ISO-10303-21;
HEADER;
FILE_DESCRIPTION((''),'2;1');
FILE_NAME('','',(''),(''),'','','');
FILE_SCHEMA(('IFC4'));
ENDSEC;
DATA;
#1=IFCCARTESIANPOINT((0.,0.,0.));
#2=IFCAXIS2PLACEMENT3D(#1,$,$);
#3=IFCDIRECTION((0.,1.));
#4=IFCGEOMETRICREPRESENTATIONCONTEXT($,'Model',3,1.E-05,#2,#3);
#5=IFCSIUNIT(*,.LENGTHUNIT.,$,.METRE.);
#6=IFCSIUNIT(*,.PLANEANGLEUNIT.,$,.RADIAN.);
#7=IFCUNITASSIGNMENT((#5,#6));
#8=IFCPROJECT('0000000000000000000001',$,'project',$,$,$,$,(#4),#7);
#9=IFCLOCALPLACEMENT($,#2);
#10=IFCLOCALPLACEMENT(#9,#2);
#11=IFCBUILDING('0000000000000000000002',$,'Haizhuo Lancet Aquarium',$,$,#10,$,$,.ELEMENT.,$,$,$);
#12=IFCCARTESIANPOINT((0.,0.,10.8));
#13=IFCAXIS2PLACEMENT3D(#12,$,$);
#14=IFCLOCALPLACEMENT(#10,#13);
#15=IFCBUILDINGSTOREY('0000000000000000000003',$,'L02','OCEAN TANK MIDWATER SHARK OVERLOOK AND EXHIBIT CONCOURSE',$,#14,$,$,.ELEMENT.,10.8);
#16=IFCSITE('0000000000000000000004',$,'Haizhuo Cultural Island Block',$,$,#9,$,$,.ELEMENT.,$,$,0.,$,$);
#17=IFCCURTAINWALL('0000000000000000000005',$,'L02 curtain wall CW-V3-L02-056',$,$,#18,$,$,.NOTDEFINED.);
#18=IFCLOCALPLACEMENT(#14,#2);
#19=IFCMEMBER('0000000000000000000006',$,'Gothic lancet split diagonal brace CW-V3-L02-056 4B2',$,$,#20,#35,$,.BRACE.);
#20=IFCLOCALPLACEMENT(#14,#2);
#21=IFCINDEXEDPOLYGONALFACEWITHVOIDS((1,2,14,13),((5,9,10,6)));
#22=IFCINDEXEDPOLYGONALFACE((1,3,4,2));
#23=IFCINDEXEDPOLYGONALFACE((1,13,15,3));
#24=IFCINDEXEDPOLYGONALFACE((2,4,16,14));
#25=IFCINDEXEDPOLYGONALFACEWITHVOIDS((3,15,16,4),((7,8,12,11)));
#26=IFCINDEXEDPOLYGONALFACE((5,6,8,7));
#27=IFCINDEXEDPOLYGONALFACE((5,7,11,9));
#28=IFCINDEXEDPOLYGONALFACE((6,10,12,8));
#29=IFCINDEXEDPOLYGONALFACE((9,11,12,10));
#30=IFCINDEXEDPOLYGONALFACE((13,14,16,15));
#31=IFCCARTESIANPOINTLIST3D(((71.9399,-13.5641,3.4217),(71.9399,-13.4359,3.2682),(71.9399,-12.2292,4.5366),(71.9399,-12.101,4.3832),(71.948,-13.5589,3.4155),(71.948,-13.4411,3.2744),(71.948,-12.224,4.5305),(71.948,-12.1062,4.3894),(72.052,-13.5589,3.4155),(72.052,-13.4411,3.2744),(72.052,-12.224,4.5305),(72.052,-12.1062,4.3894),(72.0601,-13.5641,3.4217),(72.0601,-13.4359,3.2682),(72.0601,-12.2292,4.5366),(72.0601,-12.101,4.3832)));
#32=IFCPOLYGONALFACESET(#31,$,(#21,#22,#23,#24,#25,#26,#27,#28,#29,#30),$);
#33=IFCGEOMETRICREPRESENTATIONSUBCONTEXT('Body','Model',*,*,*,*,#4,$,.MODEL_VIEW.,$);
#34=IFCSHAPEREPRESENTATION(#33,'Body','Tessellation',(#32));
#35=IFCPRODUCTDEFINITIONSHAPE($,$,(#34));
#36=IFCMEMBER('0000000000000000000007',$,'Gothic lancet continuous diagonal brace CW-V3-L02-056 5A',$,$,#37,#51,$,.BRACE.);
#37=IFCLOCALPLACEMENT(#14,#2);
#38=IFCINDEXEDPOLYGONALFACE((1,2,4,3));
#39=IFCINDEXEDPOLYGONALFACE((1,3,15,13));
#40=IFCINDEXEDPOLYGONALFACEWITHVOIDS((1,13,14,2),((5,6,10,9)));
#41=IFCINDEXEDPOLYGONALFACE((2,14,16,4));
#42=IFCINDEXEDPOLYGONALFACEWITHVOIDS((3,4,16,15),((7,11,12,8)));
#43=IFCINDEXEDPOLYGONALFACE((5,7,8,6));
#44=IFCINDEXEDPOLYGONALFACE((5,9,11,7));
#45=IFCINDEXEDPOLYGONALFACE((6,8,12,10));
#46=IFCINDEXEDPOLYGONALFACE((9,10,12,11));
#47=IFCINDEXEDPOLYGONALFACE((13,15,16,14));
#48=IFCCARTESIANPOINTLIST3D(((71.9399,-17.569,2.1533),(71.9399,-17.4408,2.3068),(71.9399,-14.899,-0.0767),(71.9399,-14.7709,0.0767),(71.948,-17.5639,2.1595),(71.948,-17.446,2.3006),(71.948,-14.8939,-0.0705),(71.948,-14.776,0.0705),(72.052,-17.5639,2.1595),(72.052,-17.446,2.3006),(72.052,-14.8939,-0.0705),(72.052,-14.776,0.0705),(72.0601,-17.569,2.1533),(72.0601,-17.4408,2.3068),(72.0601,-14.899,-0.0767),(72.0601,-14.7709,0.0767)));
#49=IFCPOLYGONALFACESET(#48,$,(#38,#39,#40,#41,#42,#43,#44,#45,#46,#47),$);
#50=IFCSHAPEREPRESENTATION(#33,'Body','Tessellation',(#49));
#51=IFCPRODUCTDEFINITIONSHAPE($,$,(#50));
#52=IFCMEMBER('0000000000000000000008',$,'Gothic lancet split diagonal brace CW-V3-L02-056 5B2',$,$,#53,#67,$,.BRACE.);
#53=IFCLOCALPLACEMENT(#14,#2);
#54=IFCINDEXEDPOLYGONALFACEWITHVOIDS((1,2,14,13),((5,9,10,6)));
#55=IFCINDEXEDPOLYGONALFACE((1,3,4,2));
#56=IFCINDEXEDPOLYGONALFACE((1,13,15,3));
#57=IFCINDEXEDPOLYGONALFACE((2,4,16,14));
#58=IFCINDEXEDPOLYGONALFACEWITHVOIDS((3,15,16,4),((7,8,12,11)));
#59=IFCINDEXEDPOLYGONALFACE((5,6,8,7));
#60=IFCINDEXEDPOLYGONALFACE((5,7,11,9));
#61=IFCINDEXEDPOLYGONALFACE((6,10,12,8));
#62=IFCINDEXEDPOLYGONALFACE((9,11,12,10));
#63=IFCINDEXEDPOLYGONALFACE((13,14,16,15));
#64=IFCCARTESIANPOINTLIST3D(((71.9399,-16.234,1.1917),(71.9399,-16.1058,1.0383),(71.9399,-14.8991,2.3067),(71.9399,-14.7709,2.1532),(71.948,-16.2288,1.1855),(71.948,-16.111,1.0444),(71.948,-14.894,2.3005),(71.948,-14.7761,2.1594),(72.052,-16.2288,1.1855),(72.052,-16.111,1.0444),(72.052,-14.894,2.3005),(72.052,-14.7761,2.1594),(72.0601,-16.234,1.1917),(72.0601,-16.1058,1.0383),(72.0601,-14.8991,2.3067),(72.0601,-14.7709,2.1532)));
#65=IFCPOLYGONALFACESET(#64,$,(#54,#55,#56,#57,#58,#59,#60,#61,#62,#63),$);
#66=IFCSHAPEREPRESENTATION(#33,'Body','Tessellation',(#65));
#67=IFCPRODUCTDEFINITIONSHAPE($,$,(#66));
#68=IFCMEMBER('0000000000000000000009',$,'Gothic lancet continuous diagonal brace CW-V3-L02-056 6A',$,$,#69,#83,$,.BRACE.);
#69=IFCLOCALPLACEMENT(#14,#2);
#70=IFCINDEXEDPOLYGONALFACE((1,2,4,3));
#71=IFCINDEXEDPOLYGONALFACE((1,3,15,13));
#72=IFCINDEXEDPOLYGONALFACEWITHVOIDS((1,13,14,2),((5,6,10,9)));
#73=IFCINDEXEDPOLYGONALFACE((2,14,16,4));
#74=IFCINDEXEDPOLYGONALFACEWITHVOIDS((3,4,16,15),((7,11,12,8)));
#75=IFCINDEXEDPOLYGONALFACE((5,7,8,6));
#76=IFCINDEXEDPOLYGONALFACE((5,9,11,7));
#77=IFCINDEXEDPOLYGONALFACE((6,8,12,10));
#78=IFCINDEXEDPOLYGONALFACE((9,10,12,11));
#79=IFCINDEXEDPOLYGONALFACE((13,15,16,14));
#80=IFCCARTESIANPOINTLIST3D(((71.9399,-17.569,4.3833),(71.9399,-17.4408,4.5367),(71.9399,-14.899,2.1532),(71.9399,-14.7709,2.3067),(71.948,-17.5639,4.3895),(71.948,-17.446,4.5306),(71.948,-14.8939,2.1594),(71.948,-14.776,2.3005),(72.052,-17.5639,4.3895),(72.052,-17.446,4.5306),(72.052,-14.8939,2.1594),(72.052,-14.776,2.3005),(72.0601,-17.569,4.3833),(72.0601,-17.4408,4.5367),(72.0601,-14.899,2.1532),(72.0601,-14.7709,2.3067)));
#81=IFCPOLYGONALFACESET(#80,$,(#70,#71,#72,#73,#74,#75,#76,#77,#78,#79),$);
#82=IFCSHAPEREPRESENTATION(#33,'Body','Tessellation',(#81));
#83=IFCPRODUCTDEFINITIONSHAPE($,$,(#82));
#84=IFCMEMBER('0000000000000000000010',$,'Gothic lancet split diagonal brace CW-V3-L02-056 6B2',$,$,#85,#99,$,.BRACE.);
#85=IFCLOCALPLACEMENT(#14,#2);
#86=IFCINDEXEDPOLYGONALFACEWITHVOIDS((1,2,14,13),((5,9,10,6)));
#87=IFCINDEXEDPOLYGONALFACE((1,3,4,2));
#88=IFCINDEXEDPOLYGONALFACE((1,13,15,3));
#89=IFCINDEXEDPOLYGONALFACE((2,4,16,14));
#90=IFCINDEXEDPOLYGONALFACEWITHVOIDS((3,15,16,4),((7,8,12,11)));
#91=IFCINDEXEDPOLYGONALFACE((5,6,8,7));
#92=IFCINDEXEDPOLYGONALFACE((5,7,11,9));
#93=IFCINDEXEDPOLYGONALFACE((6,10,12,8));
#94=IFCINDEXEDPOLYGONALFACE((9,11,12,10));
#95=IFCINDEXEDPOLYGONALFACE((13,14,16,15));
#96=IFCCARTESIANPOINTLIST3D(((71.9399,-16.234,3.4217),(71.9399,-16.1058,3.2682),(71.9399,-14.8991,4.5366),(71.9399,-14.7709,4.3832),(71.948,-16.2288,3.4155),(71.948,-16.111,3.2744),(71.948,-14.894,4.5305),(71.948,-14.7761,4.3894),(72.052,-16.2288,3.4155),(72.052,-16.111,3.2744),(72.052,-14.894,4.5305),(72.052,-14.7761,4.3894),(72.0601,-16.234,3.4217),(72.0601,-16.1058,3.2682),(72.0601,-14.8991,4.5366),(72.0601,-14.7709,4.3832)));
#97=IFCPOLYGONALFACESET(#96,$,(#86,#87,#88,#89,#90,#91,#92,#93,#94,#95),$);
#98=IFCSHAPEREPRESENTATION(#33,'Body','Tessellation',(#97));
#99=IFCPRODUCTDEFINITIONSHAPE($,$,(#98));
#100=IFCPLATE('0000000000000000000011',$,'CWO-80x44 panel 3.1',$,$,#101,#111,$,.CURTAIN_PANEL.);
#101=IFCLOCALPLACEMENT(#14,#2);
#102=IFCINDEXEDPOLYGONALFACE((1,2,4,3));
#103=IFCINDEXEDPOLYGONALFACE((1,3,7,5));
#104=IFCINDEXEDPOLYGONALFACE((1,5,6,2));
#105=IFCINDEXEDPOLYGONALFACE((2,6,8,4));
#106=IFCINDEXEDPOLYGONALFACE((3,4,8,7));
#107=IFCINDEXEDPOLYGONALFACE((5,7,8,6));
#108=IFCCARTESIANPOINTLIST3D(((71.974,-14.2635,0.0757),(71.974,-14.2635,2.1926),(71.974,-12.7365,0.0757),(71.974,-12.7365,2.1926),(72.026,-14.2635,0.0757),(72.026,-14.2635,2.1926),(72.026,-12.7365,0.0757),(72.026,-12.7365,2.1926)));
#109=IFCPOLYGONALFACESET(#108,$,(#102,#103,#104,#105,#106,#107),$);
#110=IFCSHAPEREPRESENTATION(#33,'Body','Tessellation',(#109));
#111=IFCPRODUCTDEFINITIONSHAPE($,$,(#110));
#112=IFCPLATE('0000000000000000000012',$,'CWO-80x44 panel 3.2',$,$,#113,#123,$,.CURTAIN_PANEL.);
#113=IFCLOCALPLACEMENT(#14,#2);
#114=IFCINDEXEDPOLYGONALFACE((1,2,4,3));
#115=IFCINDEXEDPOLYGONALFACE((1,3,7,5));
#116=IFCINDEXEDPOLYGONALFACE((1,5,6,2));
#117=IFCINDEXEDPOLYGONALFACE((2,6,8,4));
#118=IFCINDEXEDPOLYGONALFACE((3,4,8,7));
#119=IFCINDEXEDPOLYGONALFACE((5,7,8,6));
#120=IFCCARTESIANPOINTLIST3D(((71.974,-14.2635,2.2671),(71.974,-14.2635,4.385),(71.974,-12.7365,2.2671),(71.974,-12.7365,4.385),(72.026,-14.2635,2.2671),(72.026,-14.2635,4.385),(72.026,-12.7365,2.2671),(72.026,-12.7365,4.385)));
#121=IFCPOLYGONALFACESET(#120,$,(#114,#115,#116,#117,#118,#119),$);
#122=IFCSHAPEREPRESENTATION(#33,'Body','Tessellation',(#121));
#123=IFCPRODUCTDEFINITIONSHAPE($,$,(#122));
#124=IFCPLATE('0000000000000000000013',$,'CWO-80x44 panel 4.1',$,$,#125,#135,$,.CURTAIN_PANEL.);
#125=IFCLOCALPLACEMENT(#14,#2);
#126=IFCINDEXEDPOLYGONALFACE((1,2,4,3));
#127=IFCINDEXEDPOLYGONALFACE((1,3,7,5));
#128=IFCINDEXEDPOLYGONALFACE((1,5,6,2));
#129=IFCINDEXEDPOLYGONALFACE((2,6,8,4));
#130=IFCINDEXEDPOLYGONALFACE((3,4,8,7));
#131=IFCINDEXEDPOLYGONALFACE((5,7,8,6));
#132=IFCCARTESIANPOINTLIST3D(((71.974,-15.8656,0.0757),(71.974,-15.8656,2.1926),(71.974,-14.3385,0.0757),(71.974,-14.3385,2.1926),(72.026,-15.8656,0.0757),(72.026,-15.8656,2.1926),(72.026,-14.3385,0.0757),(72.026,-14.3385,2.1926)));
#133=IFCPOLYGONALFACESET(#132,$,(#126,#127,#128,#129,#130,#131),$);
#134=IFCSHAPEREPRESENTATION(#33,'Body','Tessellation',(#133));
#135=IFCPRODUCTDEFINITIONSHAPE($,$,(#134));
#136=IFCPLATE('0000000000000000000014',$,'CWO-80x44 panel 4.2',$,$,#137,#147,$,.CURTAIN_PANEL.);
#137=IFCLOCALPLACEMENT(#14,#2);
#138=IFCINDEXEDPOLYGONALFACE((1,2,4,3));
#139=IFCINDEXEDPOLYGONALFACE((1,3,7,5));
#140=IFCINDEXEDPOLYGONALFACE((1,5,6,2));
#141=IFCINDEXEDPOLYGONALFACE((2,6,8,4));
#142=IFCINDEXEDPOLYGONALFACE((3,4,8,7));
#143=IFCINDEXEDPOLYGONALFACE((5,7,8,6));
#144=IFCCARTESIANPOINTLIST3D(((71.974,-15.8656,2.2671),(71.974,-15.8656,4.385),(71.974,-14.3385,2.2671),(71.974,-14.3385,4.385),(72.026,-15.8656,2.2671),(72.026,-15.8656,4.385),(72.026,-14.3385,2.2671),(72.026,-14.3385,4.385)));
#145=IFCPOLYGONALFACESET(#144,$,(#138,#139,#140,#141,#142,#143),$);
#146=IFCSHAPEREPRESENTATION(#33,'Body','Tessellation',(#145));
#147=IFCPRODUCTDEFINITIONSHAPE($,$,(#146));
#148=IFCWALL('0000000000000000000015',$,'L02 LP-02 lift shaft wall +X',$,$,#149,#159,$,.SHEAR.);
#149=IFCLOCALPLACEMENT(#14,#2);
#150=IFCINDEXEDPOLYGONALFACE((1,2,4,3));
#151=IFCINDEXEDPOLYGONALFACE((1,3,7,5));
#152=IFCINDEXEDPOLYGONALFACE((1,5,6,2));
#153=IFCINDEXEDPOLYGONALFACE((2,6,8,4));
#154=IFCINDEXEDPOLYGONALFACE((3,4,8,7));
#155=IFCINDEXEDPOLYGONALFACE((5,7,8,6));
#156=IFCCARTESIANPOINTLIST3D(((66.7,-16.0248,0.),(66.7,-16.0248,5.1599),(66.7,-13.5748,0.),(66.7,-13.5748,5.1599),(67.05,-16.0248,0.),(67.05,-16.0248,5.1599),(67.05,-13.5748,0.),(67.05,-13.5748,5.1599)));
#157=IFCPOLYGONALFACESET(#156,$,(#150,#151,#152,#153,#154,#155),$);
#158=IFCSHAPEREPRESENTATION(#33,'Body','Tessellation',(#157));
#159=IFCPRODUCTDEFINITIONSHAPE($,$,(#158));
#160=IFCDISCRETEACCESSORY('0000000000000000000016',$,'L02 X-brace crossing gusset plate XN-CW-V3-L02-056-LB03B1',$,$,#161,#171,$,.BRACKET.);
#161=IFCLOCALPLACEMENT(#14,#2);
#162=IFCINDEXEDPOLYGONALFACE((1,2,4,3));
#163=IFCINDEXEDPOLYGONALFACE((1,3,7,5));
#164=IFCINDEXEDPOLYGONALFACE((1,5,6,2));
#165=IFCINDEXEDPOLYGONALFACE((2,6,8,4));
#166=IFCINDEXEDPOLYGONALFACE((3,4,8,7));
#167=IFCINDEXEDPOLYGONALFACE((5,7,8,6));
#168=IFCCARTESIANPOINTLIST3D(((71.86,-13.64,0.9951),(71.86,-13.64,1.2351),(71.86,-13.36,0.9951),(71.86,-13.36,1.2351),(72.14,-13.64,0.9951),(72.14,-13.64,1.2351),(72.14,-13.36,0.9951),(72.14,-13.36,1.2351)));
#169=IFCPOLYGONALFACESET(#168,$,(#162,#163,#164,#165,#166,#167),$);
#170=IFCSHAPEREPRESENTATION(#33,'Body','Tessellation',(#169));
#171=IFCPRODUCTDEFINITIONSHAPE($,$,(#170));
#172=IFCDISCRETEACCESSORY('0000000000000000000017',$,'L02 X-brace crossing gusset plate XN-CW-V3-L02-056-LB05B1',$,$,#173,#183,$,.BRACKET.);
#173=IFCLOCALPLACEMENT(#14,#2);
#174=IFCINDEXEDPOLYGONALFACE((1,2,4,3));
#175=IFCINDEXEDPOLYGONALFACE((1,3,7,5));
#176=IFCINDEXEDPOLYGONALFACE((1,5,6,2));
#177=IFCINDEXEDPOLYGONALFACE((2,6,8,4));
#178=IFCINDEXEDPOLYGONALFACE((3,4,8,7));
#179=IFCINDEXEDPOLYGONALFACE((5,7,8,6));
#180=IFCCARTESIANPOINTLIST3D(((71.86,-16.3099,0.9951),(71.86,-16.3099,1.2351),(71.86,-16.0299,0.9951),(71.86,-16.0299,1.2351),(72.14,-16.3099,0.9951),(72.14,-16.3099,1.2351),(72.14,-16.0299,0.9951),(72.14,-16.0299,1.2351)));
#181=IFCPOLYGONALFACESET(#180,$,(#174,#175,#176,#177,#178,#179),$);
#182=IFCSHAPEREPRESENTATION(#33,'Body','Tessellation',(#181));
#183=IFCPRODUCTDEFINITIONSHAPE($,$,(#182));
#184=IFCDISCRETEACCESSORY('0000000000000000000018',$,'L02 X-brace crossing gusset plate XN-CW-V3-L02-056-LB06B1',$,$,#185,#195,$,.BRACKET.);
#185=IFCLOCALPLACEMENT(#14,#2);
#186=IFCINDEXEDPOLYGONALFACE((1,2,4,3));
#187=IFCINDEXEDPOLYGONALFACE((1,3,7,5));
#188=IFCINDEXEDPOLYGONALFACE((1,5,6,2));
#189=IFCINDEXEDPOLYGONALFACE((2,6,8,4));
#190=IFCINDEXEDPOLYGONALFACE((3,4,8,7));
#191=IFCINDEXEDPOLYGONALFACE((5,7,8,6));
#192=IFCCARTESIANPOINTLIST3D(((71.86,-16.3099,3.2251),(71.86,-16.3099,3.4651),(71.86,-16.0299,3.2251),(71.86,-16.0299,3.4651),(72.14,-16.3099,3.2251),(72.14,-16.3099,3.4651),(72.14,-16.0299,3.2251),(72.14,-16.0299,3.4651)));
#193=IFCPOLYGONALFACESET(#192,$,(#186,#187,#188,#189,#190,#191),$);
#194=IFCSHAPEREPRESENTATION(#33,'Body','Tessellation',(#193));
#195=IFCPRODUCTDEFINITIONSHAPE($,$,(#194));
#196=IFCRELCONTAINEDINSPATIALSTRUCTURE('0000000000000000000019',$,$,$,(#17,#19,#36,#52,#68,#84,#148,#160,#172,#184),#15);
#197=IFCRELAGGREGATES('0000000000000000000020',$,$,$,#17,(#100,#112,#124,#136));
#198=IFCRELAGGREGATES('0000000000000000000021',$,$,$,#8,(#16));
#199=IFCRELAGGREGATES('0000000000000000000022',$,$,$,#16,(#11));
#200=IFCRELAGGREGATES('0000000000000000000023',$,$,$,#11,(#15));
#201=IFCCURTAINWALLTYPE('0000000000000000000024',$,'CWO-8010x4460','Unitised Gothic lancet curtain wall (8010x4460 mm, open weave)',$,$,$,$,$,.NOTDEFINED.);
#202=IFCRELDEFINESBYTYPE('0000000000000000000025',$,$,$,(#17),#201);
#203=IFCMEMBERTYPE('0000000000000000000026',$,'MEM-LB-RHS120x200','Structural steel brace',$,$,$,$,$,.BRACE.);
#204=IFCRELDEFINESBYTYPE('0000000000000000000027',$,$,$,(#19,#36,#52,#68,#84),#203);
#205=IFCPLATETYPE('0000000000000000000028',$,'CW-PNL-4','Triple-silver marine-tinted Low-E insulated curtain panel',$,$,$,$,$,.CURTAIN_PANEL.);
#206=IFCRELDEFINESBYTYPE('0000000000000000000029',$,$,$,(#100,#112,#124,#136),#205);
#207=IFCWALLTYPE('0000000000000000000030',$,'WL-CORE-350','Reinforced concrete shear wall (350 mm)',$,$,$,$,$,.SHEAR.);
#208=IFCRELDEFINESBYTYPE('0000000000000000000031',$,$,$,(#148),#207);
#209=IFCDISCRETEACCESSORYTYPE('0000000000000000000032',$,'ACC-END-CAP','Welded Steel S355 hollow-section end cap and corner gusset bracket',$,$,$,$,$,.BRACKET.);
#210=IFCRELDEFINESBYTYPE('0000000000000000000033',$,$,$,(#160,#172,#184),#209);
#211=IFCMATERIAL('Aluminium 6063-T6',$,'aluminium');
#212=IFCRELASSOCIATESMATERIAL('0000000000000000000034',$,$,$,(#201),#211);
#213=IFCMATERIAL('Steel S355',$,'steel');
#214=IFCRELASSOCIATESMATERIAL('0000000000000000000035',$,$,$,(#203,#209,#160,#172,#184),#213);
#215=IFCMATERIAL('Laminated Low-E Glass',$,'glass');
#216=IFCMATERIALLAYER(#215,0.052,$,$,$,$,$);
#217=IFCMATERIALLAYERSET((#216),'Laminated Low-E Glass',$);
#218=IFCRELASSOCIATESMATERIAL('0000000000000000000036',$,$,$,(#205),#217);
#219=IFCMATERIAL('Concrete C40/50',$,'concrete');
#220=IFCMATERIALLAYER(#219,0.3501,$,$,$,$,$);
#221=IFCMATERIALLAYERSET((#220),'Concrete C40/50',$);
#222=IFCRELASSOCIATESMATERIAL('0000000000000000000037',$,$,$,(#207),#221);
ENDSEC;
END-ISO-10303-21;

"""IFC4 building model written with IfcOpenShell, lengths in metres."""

from ifc_helpers import new_model, si_unit, direction, frame, frame_2d, origin, origin_2d, place, context, subcontext, project, spatial, rectangle, hollow_rectangle, extrude, material, layer, layer_set, material_profile, profile_set, type_object, element, aggregate, save


model = new_model("IFC4")

# Units and contexts
model_context = context("Model", 3, precision=1e-05, world=origin(), true_north=direction((0.0, 1.0)))
body_context = subcontext(model_context, "Body", "Model", "MODEL_VIEW")
ifc_project = project(units=[si_unit("LENGTHUNIT", "METRE"), si_unit("PLANEANGLEUNIT", "RADIAN")], contexts=[model_context])

# Site, building, storey
site_placement = place(None, origin())
site = spatial("IfcSite", under=ifc_project, at=site_placement, Name="Haizhuo Cultural Island Block", CompositionType="ELEMENT", RefElevation=0.0)
building_placement = place(site_placement, origin())
building = spatial("IfcBuilding", under=site, at=building_placement, Name="Haizhuo Lancet Aquarium", CompositionType="ELEMENT")
storey_placement = place(building_placement, frame((0.0, 0.0, 10.8)))
storey = spatial("IfcBuildingStorey", under=building, at=storey_placement, Name="L02", Description="OCEAN TANK MIDWATER SHARK OVERLOOK AND EXHIBIT CONCOURSE", CompositionType="ELEMENT", Elevation=10.8)

# Curtain wall
ifc_material_1 = material(Name="Aluminium 6063-T6", Category="aluminium")
curtain_wall_type = type_object("IfcCurtainWallType", Name="CWO-8010x4460", Description="Unitised Gothic lancet curtain wall (8010x4460 mm, open weave)", PredefinedType="NOTDEFINED", material=ifc_material_1)
curtain_wall_placement = place(storey_placement, origin())
curtain_wall = element("IfcCurtainWall", 1, at=curtain_wall_placement, inside=storey, type_object=curtain_wall_type, Name="L02 curtain wall CW-V3-L02-056", PredefinedType="NOTDEFINED")

# Members
ifc_material_2 = material(Name="Steel S355", Category="steel")
ifc_material_profile_1 = material_profile(ifc_material_2, hollow_rectangle(XDim=0.1201, YDim=0.2, WallThickness=0.0081, at=origin_2d()), Name="RHS 120x200x8")
ifc_profile_set_1 = profile_set([ifc_material_profile_1], Name="Steel S355")
member_type_1 = type_object("IfcMemberType", Name="MEM-LB-RHS120x200", Description="Structural steel brace", PredefinedType="BRACE", material=ifc_profile_set_1)
for number, where, z_axis, x_axis, name in (
    (2, (72.0, -13.5, 3.345), (0.0, 0.767507, 0.64104), (-1.0, 0.0, 0.0), "Gothic lancet split diagonal brace CW-V3-L02-056 4B2"),
):
    element("IfcMember", number, at=place(storey_placement, frame(where, z_axis=z_axis, x_axis=x_axis)), inside=storey, type_object=member_type_1, Name=name, PredefinedType="BRACE", context=body_context, shape_type="SweptSolid", body=[
        extrude(hollow_rectangle(XDim=0.1201, YDim=0.2, WallThickness=0.0081, at=origin_2d()), origin(), (0.0, 0.0, 1.0), 1.7393),
    ])
member_1_placement = place(storey_placement, frame((72.0, -14.835, 0.0), z_axis=(0.0, -0.767507, 0.64104), x_axis=(1.0, 0.0, 0.0)))
element("IfcMember", 3, at=member_1_placement, inside=storey, type_object=member_type_1, Name="Gothic lancet continuous diagonal brace CW-V3-L02-056 5A", PredefinedType="BRACE", context=body_context, shape_type="SweptSolid", body=[
    extrude(hollow_rectangle(XDim=0.1201, YDim=0.2, WallThickness=0.0081, at=origin_2d()), origin(), (0.0, 0.0, 1.0), 3.4788),
])
member_2_placement = place(storey_placement, frame((72.0, -16.1699, 1.115), z_axis=(0.0, 0.767507, 0.64104), x_axis=(-1.0, 0.0, 0.0)))
element("IfcMember", 4, at=member_2_placement, inside=storey, type_object=member_type_1, Name="Gothic lancet split diagonal brace CW-V3-L02-056 5B2", PredefinedType="BRACE", context=body_context, shape_type="SweptSolid", body=[
    extrude(hollow_rectangle(XDim=0.1201, YDim=0.2, WallThickness=0.0081, at=origin_2d()), origin(), (0.0, 0.0, 1.0), 1.7393),
])
member_3_placement = place(storey_placement, frame((72.0, -14.835, 2.23), z_axis=(0.0, -0.767507, 0.64104), x_axis=(1.0, 0.0, 0.0)))
element("IfcMember", 5, at=member_3_placement, inside=storey, type_object=member_type_1, Name="Gothic lancet continuous diagonal brace CW-V3-L02-056 6A", PredefinedType="BRACE", context=body_context, shape_type="SweptSolid", body=[
    extrude(hollow_rectangle(XDim=0.1201, YDim=0.2, WallThickness=0.0081, at=origin_2d()), origin(), (0.0, 0.0, 1.0), 3.4788),
])
member_4_placement = place(storey_placement, frame((72.0, -16.1699, 3.345), z_axis=(0.0, 0.767507, 0.64104), x_axis=(-1.0, 0.0, 0.0)))
element("IfcMember", 6, at=member_4_placement, inside=storey, type_object=member_type_1, Name="Gothic lancet split diagonal brace CW-V3-L02-056 6B2", PredefinedType="BRACE", context=body_context, shape_type="SweptSolid", body=[
    extrude(hollow_rectangle(XDim=0.1201, YDim=0.2, WallThickness=0.0081, at=origin_2d()), origin(), (0.0, 0.0, 1.0), 1.7393),
])

# Plates
ifc_material_3 = material(Name="Laminated Low-E Glass", Category="glass")
ifc_layer_1 = layer(ifc_material_3, 0.052)
ifc_layer_set_1 = layer_set([ifc_layer_1], Name="Laminated Low-E Glass")
plate_type = type_object("IfcPlateType", Name="CW-PNL-4", Description="Triple-silver marine-tinted Low-E insulated curtain panel", PredefinedType="CURTAIN_PANEL", material=ifc_layer_set_1)
plate_1_placement = place(storey_placement, frame((72.0, -13.5, 0.0757), z_axis=(0.0, 0.0, 1.0), x_axis=(0.0, -1.0, 0.0)))
plate_1 = element("IfcPlate", 7, at=plate_1_placement, type_object=plate_type, Name="CWO-80x44 panel 3.1", PredefinedType="CURTAIN_PANEL", context=body_context, shape_type="SweptSolid", body=[
    extrude(rectangle(XDim=1.5271, YDim=0.052, at=origin_2d()), origin(), (0.0, 0.0, 1.0), 2.1169),
])
plate_2_placement = place(storey_placement, frame((72.0, -13.5, 2.2671), z_axis=(0.0, 0.0, 1.0), x_axis=(0.0, -1.0, 0.0)))
plate_2 = element("IfcPlate", 8, at=plate_2_placement, type_object=plate_type, Name="CWO-80x44 panel 3.2", PredefinedType="CURTAIN_PANEL", context=body_context, shape_type="SweptSolid", body=[
    extrude(rectangle(XDim=1.5271, YDim=0.052, at=origin_2d()), origin(), (0.0, 0.0, 1.0), 2.1179),
])
plate_3_placement = place(storey_placement, frame((72.0, -15.1021, 0.0757), z_axis=(0.0, 0.0, 1.0), x_axis=(0.0, -1.0, 0.0)))
plate_3 = element("IfcPlate", 9, at=plate_3_placement, type_object=plate_type, Name="CWO-80x44 panel 4.1", PredefinedType="CURTAIN_PANEL", context=body_context, shape_type="SweptSolid", body=[
    extrude(rectangle(XDim=1.5271, YDim=0.052, at=origin_2d()), origin(), (0.0, 0.0, 1.0), 2.1169),
])
plate_4_placement = place(storey_placement, frame((72.0, -15.1021, 2.2671), z_axis=(0.0, 0.0, 1.0), x_axis=(0.0, -1.0, 0.0)))
plate_4 = element("IfcPlate", 10, at=plate_4_placement, type_object=plate_type, Name="CWO-80x44 panel 4.2", PredefinedType="CURTAIN_PANEL", context=body_context, shape_type="SweptSolid", body=[
    extrude(rectangle(XDim=1.5271, YDim=0.052, at=origin_2d()), origin(), (0.0, 0.0, 1.0), 2.1179),
])
aggregate(curtain_wall, [plate_1, plate_2, plate_3, plate_4])

# Wall
ifc_material_4 = material(Name="Concrete C40/50", Category="concrete")
ifc_layer_2 = layer(ifc_material_4, 0.3501)
ifc_layer_set_2 = layer_set([ifc_layer_2], Name="Concrete C40/50")
wall_type = type_object("IfcWallType", Name="WL-CORE-350", Description="Reinforced concrete shear wall (350 mm)", PredefinedType="SHEAR", material=ifc_layer_set_2)
wall_placement = place(storey_placement, frame((66.875, -16.0249, 0.0), z_axis=(0.0, 0.0, 1.0), x_axis=(0.0, 1.0, 0.0)))
element("IfcWall", 11, at=wall_placement, inside=storey, type_object=wall_type, Name="L02 LP-02 lift shaft wall +X", PredefinedType="SHEAR", context=body_context, shape_type="SweptSolid", body=[
    extrude(rectangle(XDim=2.45, YDim=0.3501, at=frame_2d((1.2251, 0.0))), origin(), (0.0, 0.0, 1.0), 5.1599),
])

# Discrete accessories
discrete_accessory_type = type_object("IfcDiscreteAccessoryType", Name="ACC-END-CAP", Description="Welded Steel S355 hollow-section end cap and corner gusset bracket", PredefinedType="BRACKET", material=ifc_material_2)
for number, where, z_axis, x_axis, name in (
    (12, (72.0, -13.5, 0.9951), (0.0, 0.0, 1.0), (1.0, 0.0, 0.0), "L02 X-brace crossing gusset plate XN-CW-V3-L02-056-LB03B1"),
    (13, (72.0, -16.1699, 0.9951), (0.0, 0.0, 1.0), (1.0, 0.0, 0.0), "L02 X-brace crossing gusset plate XN-CW-V3-L02-056-LB05B1"),
    (14, (72.0, -16.1699, 3.2251), (0.0, 0.0, 1.0), (1.0, 0.0, 0.0), "L02 X-brace crossing gusset plate XN-CW-V3-L02-056-LB06B1"),
):
    element("IfcDiscreteAccessory", number, at=place(storey_placement, frame(where, z_axis=z_axis, x_axis=x_axis)), inside=storey, type_object=discrete_accessory_type, material=ifc_material_2, Name=name, PredefinedType="BRACKET", context=body_context, shape_type="SweptSolid", body=[
        extrude(rectangle(XDim=0.28, YDim=0.28, at=origin_2d()), origin(), (0.0, 0.0, 1.0), 0.24),
    ])

save(model, "model.ifc")
